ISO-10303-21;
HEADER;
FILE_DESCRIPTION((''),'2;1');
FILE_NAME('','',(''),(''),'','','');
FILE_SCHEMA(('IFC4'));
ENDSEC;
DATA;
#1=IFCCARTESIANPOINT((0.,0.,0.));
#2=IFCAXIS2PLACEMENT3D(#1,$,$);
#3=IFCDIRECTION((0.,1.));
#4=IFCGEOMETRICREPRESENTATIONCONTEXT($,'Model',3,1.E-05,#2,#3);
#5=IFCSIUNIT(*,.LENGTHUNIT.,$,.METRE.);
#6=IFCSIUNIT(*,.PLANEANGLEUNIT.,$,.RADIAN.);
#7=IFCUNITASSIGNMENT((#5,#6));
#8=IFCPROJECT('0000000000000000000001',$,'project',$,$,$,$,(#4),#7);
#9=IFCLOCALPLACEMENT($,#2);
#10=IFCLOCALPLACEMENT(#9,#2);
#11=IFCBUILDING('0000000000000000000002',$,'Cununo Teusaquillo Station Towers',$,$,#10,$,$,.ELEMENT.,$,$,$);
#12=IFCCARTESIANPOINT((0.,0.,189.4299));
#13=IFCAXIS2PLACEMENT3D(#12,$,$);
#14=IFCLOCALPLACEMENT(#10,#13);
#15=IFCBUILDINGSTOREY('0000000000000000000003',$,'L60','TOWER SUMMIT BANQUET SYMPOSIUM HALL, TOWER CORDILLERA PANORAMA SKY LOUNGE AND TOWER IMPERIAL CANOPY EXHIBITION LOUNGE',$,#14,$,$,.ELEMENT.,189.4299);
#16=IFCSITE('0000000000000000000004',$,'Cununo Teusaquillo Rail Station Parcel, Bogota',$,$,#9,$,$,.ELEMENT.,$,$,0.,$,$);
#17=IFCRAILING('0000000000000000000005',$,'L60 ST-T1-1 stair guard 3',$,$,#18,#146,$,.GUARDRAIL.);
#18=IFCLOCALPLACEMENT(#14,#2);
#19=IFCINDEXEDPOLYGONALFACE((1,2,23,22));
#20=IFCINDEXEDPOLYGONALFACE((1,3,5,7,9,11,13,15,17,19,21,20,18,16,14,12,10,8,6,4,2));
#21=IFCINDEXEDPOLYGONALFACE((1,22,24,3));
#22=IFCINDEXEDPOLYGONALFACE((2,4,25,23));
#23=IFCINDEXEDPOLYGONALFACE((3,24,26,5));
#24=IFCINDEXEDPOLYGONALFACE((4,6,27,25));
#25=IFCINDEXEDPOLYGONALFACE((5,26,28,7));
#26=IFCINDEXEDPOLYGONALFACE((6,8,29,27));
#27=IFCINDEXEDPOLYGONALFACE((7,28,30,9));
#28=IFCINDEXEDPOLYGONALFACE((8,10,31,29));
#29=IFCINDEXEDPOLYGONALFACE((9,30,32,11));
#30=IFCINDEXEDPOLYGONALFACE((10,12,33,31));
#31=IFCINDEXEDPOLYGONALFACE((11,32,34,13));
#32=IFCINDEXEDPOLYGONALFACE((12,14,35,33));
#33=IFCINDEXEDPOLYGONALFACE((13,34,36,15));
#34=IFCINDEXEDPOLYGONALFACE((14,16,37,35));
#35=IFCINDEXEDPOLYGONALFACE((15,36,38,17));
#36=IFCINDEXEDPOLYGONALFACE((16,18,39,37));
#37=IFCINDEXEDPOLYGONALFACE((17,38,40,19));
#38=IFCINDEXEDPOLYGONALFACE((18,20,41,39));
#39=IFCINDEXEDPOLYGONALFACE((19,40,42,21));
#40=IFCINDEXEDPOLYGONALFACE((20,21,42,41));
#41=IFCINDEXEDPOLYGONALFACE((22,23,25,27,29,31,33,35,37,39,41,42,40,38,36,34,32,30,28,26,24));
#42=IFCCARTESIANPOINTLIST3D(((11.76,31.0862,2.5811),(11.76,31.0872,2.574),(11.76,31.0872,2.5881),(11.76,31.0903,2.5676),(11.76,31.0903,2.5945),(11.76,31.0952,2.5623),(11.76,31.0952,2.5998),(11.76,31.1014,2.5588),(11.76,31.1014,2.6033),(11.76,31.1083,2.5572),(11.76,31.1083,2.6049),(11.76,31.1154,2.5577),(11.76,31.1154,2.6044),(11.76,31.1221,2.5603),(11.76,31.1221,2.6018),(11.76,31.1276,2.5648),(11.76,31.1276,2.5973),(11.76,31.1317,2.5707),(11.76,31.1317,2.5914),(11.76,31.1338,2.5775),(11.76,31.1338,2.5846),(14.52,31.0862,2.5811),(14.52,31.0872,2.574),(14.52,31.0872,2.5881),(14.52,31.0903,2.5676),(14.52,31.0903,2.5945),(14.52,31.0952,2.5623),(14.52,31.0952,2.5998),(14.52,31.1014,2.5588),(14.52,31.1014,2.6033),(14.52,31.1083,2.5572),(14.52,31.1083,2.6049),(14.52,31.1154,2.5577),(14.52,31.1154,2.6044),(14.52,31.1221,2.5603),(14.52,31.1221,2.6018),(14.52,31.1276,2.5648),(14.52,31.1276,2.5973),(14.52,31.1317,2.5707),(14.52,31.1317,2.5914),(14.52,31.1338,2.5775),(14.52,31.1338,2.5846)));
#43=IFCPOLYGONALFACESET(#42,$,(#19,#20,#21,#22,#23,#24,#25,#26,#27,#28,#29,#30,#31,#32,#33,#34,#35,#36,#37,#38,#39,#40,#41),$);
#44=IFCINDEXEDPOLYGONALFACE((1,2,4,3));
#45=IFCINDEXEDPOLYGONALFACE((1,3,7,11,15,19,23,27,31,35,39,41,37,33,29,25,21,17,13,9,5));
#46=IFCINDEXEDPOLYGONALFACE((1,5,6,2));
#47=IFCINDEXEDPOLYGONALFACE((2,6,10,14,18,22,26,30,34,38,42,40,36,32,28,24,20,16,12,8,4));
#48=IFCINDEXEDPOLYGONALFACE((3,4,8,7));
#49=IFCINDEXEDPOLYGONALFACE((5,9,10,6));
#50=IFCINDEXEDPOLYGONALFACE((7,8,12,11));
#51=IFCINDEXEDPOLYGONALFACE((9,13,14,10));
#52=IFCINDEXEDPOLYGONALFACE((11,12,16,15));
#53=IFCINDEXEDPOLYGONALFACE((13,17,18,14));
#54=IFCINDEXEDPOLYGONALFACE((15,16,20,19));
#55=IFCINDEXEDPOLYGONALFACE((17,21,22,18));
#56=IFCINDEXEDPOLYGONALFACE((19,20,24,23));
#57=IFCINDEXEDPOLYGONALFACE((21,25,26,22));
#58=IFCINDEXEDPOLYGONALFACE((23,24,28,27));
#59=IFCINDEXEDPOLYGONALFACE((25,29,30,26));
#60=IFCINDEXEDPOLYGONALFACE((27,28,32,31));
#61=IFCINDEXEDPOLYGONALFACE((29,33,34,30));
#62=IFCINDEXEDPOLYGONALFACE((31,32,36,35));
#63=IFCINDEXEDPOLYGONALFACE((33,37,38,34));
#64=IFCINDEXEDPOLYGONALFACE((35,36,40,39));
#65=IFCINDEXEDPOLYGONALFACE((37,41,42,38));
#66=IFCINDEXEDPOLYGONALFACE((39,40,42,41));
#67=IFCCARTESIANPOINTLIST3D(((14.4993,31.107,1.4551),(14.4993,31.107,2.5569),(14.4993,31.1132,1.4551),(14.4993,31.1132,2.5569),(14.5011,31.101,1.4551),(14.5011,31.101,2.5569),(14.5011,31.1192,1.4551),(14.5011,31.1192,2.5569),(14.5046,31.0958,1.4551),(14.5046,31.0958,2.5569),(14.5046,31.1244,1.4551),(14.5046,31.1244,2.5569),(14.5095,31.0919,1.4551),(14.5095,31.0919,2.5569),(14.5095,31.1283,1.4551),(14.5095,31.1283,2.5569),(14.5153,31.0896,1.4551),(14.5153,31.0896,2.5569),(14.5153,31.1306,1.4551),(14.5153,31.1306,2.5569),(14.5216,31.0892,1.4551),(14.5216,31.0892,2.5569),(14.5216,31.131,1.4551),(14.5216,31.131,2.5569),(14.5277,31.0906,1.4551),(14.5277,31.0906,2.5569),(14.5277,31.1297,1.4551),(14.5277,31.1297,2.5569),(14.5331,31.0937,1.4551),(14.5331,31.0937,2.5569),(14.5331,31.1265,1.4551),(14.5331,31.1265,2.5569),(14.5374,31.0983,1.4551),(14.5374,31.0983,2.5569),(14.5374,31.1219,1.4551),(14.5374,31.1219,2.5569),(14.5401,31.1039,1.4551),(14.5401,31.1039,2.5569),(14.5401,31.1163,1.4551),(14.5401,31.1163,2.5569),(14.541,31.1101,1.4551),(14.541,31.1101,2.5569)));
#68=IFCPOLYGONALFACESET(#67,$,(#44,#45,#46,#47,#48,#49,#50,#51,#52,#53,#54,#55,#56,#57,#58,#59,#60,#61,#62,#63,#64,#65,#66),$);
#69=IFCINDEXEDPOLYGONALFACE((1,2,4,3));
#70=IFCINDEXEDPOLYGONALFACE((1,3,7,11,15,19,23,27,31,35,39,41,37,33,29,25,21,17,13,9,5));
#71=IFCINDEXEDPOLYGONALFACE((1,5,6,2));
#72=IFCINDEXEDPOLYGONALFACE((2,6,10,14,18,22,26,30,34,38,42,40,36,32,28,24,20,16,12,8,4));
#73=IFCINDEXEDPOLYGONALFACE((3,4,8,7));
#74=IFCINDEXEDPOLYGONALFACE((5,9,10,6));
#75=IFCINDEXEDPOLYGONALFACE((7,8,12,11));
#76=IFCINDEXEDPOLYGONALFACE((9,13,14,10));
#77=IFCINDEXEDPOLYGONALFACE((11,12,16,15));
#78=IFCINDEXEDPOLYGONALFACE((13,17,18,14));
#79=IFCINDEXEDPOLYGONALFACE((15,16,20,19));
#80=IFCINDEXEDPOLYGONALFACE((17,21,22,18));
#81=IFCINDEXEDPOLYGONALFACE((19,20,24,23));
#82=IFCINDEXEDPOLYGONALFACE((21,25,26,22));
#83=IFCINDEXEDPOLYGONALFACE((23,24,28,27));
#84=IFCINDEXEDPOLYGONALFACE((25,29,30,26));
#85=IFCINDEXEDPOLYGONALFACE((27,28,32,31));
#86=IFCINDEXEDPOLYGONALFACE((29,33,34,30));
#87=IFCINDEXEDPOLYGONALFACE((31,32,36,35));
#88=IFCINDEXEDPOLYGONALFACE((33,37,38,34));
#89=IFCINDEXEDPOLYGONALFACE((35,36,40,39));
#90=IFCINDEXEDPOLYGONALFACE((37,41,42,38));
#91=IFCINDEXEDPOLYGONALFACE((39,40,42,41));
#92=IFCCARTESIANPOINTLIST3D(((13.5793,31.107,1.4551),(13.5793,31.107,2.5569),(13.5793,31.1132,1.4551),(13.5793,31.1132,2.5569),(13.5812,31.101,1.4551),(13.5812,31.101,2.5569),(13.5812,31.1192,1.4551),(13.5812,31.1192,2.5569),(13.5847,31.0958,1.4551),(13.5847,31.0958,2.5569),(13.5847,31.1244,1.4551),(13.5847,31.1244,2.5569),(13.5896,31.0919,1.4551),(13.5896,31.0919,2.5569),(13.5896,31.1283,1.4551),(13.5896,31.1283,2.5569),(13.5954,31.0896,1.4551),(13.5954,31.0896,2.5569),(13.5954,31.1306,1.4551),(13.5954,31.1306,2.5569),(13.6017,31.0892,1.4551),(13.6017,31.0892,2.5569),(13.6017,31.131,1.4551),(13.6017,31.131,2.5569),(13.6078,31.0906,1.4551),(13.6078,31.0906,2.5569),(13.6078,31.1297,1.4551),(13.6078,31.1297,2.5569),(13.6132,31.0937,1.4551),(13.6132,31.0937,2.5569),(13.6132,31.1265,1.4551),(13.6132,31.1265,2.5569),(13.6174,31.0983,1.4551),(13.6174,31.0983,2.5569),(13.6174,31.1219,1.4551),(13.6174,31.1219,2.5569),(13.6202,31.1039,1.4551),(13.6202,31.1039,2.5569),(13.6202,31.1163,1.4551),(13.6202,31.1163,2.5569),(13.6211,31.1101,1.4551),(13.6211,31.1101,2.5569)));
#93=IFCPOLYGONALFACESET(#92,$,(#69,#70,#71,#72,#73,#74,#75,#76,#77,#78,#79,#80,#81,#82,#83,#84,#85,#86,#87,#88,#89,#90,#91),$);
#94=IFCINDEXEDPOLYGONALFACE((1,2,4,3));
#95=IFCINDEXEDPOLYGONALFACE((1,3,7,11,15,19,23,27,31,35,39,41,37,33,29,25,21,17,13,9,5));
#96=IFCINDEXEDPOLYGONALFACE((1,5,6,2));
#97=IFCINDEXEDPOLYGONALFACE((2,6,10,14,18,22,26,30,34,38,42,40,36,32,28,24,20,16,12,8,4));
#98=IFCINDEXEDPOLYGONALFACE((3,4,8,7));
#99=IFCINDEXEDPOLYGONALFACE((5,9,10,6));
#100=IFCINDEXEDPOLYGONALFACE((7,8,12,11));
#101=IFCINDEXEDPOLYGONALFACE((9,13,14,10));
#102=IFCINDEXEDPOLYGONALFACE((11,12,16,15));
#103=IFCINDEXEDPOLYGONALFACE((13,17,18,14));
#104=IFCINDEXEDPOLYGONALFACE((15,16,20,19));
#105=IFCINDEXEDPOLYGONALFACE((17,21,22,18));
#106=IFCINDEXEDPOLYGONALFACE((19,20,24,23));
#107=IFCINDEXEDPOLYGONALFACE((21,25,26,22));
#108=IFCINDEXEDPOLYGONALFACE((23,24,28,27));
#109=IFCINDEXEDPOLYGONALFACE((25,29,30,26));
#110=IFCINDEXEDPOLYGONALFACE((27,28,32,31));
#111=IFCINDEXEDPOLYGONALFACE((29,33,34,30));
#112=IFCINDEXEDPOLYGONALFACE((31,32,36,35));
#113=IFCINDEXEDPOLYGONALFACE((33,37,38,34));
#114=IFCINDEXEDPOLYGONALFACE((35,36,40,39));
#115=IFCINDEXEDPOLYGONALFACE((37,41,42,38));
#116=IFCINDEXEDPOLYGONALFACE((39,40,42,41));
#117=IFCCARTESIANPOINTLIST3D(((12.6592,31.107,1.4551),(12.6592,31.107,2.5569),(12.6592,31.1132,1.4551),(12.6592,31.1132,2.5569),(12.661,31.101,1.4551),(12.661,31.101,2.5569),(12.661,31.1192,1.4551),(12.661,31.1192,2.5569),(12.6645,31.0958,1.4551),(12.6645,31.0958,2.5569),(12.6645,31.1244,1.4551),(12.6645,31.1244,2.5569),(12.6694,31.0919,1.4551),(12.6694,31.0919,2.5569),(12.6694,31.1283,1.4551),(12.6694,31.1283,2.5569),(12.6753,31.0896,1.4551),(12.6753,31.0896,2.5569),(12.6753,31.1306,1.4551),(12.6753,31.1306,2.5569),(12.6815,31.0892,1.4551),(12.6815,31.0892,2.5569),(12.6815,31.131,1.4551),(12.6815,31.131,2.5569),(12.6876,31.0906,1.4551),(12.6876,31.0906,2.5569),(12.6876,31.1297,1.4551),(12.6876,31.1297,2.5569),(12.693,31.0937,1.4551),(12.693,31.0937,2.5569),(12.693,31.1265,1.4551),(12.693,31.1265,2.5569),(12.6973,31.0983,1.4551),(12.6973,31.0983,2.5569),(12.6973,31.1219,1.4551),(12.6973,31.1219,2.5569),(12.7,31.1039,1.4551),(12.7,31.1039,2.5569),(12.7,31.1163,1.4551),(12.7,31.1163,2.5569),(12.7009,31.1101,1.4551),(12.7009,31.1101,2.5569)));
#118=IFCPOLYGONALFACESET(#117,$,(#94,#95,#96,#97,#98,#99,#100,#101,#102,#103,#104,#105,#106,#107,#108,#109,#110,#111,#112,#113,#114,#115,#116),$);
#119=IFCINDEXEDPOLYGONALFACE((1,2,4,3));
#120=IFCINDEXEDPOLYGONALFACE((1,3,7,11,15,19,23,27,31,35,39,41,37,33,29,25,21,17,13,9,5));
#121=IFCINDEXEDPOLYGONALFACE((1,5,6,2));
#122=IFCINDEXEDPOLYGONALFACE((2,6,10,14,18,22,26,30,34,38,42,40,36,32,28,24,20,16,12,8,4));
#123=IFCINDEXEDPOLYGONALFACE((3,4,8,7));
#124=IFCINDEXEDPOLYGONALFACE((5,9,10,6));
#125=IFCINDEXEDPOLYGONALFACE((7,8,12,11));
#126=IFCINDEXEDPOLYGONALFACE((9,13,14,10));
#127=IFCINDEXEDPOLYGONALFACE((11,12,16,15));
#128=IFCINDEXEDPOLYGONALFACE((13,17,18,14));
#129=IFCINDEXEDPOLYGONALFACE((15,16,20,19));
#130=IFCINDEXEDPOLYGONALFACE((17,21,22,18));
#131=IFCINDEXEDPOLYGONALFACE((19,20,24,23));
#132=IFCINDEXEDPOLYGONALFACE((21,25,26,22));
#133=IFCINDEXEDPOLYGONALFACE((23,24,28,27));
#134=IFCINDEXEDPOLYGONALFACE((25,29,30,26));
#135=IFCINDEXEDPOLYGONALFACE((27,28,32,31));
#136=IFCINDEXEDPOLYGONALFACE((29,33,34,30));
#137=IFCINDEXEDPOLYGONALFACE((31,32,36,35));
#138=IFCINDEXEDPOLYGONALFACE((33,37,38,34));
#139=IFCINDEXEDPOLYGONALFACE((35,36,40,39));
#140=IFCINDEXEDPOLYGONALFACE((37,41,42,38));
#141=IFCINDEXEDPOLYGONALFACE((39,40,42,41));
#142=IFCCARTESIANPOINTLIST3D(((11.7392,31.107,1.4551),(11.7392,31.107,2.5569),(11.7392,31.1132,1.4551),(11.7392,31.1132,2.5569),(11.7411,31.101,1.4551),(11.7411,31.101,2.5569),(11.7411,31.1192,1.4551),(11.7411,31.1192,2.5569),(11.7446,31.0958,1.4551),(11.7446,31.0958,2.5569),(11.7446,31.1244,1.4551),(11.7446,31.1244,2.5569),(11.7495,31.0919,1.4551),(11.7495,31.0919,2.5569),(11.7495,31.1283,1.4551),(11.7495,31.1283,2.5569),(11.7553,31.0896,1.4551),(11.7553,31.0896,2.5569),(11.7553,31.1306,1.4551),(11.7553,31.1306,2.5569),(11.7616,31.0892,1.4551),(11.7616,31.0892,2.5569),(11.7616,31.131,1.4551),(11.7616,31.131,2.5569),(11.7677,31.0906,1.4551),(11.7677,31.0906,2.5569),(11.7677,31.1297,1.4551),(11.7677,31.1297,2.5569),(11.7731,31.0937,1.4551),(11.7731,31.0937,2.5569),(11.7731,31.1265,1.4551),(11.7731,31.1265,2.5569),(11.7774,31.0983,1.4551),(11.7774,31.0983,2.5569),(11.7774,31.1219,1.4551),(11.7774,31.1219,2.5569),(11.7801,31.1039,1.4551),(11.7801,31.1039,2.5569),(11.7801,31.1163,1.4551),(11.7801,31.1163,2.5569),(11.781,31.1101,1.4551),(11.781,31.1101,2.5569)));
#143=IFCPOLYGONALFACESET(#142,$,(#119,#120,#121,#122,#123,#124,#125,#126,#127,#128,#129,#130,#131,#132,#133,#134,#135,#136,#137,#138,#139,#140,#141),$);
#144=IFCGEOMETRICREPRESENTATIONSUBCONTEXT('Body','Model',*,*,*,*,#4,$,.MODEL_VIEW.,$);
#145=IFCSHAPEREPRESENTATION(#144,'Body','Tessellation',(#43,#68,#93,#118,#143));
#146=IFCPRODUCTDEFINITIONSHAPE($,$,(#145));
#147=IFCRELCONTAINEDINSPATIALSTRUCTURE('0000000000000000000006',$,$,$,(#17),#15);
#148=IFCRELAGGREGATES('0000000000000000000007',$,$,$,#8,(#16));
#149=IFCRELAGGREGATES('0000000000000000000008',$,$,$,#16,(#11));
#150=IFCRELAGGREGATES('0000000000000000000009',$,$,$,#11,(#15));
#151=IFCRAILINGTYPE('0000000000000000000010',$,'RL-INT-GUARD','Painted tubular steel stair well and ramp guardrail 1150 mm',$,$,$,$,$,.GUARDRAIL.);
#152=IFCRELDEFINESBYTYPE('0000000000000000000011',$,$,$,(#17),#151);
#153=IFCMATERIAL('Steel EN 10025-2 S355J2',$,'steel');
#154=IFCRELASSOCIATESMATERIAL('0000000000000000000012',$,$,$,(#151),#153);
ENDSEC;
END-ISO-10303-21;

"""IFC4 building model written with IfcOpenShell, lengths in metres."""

from ifc_helpers import new_model, si_unit, direction, frame, origin, origin_2d, place, context, subcontext, project, spatial, circle, extrude, material, type_object, element, save


model = new_model("IFC4")

# Units and contexts
model_context = context("Model", 3, precision=1e-05, world=origin(), true_north=direction((0.0, 1.0)))
body_context = subcontext(model_context, "Body", "Model", "MODEL_VIEW")
ifc_project = project(units=[si_unit("LENGTHUNIT", "METRE"), si_unit("PLANEANGLEUNIT", "RADIAN")], contexts=[model_context])

# Site, building, storey
site_placement = place(None, origin())
site = spatial("IfcSite", under=ifc_project, at=site_placement, Name="Cununo Teusaquillo Rail Station Parcel, Bogota", CompositionType="ELEMENT", RefElevation=0.0)
building_placement = place(site_placement, origin())
building = spatial("IfcBuilding", under=site, at=building_placement, Name="Cununo Teusaquillo Station Towers", CompositionType="ELEMENT")
storey_placement = place(building_placement, frame((0.0, 0.0, 189.4299)))
storey = spatial("IfcBuildingStorey", under=building, at=storey_placement, Name="L60", Description="TOWER SUMMIT BANQUET SYMPOSIUM HALL, TOWER CORDILLERA PANORAMA SKY LOUNGE AND TOWER IMPERIAL CANOPY EXHIBITION LOUNGE", CompositionType="ELEMENT", Elevation=189.4299)

# Railing
ifc_material_1 = material(Name="Steel EN 10025-2 S355J2", Category="steel")
railing_type_1 = type_object("IfcRailingType", Name="RL-INT-GUARD", Description="Painted tubular steel stair well and ramp guardrail 1150 mm", PredefinedType="GUARDRAIL", material=ifc_material_1)
railing_1_placement = place(storey_placement, frame((14.52, 31.1101, 1.4551)))
element("IfcRailing", 1, at=railing_1_placement, inside=storey, type_object=railing_type_1, Name="L60 ST-T1-1 stair guard 3", PredefinedType="GUARDRAIL", context=body_context, shape_type="SweptSolid", body=[
    extrude(circle(Radius=0.0239, at=origin_2d()), frame((0.0, 0.0, 1.126), z_axis=(-1.0, 0.0, 0.0), x_axis=(0.0, -1.0, 0.0)), (0.0, 0.0, 1.0), 2.76),
    extrude(circle(Radius=0.021, at=origin_2d()), origin(), (0.0, 0.0, 1.0), 1.1018),
    extrude(circle(Radius=0.021, at=origin_2d()), frame((-0.9199, 0.0, 0.0)), (0.0, 0.0, 1.0), 1.1018),
    extrude(circle(Radius=0.021, at=origin_2d()), frame((-1.8401, 0.0, 0.0)), (0.0, 0.0, 1.0), 1.1018),
    extrude(circle(Radius=0.021, at=origin_2d()), frame((-2.76, 0.0, 0.0)), (0.0, 0.0, 1.0), 1.1018),
])

save(model, "model.ifc")
